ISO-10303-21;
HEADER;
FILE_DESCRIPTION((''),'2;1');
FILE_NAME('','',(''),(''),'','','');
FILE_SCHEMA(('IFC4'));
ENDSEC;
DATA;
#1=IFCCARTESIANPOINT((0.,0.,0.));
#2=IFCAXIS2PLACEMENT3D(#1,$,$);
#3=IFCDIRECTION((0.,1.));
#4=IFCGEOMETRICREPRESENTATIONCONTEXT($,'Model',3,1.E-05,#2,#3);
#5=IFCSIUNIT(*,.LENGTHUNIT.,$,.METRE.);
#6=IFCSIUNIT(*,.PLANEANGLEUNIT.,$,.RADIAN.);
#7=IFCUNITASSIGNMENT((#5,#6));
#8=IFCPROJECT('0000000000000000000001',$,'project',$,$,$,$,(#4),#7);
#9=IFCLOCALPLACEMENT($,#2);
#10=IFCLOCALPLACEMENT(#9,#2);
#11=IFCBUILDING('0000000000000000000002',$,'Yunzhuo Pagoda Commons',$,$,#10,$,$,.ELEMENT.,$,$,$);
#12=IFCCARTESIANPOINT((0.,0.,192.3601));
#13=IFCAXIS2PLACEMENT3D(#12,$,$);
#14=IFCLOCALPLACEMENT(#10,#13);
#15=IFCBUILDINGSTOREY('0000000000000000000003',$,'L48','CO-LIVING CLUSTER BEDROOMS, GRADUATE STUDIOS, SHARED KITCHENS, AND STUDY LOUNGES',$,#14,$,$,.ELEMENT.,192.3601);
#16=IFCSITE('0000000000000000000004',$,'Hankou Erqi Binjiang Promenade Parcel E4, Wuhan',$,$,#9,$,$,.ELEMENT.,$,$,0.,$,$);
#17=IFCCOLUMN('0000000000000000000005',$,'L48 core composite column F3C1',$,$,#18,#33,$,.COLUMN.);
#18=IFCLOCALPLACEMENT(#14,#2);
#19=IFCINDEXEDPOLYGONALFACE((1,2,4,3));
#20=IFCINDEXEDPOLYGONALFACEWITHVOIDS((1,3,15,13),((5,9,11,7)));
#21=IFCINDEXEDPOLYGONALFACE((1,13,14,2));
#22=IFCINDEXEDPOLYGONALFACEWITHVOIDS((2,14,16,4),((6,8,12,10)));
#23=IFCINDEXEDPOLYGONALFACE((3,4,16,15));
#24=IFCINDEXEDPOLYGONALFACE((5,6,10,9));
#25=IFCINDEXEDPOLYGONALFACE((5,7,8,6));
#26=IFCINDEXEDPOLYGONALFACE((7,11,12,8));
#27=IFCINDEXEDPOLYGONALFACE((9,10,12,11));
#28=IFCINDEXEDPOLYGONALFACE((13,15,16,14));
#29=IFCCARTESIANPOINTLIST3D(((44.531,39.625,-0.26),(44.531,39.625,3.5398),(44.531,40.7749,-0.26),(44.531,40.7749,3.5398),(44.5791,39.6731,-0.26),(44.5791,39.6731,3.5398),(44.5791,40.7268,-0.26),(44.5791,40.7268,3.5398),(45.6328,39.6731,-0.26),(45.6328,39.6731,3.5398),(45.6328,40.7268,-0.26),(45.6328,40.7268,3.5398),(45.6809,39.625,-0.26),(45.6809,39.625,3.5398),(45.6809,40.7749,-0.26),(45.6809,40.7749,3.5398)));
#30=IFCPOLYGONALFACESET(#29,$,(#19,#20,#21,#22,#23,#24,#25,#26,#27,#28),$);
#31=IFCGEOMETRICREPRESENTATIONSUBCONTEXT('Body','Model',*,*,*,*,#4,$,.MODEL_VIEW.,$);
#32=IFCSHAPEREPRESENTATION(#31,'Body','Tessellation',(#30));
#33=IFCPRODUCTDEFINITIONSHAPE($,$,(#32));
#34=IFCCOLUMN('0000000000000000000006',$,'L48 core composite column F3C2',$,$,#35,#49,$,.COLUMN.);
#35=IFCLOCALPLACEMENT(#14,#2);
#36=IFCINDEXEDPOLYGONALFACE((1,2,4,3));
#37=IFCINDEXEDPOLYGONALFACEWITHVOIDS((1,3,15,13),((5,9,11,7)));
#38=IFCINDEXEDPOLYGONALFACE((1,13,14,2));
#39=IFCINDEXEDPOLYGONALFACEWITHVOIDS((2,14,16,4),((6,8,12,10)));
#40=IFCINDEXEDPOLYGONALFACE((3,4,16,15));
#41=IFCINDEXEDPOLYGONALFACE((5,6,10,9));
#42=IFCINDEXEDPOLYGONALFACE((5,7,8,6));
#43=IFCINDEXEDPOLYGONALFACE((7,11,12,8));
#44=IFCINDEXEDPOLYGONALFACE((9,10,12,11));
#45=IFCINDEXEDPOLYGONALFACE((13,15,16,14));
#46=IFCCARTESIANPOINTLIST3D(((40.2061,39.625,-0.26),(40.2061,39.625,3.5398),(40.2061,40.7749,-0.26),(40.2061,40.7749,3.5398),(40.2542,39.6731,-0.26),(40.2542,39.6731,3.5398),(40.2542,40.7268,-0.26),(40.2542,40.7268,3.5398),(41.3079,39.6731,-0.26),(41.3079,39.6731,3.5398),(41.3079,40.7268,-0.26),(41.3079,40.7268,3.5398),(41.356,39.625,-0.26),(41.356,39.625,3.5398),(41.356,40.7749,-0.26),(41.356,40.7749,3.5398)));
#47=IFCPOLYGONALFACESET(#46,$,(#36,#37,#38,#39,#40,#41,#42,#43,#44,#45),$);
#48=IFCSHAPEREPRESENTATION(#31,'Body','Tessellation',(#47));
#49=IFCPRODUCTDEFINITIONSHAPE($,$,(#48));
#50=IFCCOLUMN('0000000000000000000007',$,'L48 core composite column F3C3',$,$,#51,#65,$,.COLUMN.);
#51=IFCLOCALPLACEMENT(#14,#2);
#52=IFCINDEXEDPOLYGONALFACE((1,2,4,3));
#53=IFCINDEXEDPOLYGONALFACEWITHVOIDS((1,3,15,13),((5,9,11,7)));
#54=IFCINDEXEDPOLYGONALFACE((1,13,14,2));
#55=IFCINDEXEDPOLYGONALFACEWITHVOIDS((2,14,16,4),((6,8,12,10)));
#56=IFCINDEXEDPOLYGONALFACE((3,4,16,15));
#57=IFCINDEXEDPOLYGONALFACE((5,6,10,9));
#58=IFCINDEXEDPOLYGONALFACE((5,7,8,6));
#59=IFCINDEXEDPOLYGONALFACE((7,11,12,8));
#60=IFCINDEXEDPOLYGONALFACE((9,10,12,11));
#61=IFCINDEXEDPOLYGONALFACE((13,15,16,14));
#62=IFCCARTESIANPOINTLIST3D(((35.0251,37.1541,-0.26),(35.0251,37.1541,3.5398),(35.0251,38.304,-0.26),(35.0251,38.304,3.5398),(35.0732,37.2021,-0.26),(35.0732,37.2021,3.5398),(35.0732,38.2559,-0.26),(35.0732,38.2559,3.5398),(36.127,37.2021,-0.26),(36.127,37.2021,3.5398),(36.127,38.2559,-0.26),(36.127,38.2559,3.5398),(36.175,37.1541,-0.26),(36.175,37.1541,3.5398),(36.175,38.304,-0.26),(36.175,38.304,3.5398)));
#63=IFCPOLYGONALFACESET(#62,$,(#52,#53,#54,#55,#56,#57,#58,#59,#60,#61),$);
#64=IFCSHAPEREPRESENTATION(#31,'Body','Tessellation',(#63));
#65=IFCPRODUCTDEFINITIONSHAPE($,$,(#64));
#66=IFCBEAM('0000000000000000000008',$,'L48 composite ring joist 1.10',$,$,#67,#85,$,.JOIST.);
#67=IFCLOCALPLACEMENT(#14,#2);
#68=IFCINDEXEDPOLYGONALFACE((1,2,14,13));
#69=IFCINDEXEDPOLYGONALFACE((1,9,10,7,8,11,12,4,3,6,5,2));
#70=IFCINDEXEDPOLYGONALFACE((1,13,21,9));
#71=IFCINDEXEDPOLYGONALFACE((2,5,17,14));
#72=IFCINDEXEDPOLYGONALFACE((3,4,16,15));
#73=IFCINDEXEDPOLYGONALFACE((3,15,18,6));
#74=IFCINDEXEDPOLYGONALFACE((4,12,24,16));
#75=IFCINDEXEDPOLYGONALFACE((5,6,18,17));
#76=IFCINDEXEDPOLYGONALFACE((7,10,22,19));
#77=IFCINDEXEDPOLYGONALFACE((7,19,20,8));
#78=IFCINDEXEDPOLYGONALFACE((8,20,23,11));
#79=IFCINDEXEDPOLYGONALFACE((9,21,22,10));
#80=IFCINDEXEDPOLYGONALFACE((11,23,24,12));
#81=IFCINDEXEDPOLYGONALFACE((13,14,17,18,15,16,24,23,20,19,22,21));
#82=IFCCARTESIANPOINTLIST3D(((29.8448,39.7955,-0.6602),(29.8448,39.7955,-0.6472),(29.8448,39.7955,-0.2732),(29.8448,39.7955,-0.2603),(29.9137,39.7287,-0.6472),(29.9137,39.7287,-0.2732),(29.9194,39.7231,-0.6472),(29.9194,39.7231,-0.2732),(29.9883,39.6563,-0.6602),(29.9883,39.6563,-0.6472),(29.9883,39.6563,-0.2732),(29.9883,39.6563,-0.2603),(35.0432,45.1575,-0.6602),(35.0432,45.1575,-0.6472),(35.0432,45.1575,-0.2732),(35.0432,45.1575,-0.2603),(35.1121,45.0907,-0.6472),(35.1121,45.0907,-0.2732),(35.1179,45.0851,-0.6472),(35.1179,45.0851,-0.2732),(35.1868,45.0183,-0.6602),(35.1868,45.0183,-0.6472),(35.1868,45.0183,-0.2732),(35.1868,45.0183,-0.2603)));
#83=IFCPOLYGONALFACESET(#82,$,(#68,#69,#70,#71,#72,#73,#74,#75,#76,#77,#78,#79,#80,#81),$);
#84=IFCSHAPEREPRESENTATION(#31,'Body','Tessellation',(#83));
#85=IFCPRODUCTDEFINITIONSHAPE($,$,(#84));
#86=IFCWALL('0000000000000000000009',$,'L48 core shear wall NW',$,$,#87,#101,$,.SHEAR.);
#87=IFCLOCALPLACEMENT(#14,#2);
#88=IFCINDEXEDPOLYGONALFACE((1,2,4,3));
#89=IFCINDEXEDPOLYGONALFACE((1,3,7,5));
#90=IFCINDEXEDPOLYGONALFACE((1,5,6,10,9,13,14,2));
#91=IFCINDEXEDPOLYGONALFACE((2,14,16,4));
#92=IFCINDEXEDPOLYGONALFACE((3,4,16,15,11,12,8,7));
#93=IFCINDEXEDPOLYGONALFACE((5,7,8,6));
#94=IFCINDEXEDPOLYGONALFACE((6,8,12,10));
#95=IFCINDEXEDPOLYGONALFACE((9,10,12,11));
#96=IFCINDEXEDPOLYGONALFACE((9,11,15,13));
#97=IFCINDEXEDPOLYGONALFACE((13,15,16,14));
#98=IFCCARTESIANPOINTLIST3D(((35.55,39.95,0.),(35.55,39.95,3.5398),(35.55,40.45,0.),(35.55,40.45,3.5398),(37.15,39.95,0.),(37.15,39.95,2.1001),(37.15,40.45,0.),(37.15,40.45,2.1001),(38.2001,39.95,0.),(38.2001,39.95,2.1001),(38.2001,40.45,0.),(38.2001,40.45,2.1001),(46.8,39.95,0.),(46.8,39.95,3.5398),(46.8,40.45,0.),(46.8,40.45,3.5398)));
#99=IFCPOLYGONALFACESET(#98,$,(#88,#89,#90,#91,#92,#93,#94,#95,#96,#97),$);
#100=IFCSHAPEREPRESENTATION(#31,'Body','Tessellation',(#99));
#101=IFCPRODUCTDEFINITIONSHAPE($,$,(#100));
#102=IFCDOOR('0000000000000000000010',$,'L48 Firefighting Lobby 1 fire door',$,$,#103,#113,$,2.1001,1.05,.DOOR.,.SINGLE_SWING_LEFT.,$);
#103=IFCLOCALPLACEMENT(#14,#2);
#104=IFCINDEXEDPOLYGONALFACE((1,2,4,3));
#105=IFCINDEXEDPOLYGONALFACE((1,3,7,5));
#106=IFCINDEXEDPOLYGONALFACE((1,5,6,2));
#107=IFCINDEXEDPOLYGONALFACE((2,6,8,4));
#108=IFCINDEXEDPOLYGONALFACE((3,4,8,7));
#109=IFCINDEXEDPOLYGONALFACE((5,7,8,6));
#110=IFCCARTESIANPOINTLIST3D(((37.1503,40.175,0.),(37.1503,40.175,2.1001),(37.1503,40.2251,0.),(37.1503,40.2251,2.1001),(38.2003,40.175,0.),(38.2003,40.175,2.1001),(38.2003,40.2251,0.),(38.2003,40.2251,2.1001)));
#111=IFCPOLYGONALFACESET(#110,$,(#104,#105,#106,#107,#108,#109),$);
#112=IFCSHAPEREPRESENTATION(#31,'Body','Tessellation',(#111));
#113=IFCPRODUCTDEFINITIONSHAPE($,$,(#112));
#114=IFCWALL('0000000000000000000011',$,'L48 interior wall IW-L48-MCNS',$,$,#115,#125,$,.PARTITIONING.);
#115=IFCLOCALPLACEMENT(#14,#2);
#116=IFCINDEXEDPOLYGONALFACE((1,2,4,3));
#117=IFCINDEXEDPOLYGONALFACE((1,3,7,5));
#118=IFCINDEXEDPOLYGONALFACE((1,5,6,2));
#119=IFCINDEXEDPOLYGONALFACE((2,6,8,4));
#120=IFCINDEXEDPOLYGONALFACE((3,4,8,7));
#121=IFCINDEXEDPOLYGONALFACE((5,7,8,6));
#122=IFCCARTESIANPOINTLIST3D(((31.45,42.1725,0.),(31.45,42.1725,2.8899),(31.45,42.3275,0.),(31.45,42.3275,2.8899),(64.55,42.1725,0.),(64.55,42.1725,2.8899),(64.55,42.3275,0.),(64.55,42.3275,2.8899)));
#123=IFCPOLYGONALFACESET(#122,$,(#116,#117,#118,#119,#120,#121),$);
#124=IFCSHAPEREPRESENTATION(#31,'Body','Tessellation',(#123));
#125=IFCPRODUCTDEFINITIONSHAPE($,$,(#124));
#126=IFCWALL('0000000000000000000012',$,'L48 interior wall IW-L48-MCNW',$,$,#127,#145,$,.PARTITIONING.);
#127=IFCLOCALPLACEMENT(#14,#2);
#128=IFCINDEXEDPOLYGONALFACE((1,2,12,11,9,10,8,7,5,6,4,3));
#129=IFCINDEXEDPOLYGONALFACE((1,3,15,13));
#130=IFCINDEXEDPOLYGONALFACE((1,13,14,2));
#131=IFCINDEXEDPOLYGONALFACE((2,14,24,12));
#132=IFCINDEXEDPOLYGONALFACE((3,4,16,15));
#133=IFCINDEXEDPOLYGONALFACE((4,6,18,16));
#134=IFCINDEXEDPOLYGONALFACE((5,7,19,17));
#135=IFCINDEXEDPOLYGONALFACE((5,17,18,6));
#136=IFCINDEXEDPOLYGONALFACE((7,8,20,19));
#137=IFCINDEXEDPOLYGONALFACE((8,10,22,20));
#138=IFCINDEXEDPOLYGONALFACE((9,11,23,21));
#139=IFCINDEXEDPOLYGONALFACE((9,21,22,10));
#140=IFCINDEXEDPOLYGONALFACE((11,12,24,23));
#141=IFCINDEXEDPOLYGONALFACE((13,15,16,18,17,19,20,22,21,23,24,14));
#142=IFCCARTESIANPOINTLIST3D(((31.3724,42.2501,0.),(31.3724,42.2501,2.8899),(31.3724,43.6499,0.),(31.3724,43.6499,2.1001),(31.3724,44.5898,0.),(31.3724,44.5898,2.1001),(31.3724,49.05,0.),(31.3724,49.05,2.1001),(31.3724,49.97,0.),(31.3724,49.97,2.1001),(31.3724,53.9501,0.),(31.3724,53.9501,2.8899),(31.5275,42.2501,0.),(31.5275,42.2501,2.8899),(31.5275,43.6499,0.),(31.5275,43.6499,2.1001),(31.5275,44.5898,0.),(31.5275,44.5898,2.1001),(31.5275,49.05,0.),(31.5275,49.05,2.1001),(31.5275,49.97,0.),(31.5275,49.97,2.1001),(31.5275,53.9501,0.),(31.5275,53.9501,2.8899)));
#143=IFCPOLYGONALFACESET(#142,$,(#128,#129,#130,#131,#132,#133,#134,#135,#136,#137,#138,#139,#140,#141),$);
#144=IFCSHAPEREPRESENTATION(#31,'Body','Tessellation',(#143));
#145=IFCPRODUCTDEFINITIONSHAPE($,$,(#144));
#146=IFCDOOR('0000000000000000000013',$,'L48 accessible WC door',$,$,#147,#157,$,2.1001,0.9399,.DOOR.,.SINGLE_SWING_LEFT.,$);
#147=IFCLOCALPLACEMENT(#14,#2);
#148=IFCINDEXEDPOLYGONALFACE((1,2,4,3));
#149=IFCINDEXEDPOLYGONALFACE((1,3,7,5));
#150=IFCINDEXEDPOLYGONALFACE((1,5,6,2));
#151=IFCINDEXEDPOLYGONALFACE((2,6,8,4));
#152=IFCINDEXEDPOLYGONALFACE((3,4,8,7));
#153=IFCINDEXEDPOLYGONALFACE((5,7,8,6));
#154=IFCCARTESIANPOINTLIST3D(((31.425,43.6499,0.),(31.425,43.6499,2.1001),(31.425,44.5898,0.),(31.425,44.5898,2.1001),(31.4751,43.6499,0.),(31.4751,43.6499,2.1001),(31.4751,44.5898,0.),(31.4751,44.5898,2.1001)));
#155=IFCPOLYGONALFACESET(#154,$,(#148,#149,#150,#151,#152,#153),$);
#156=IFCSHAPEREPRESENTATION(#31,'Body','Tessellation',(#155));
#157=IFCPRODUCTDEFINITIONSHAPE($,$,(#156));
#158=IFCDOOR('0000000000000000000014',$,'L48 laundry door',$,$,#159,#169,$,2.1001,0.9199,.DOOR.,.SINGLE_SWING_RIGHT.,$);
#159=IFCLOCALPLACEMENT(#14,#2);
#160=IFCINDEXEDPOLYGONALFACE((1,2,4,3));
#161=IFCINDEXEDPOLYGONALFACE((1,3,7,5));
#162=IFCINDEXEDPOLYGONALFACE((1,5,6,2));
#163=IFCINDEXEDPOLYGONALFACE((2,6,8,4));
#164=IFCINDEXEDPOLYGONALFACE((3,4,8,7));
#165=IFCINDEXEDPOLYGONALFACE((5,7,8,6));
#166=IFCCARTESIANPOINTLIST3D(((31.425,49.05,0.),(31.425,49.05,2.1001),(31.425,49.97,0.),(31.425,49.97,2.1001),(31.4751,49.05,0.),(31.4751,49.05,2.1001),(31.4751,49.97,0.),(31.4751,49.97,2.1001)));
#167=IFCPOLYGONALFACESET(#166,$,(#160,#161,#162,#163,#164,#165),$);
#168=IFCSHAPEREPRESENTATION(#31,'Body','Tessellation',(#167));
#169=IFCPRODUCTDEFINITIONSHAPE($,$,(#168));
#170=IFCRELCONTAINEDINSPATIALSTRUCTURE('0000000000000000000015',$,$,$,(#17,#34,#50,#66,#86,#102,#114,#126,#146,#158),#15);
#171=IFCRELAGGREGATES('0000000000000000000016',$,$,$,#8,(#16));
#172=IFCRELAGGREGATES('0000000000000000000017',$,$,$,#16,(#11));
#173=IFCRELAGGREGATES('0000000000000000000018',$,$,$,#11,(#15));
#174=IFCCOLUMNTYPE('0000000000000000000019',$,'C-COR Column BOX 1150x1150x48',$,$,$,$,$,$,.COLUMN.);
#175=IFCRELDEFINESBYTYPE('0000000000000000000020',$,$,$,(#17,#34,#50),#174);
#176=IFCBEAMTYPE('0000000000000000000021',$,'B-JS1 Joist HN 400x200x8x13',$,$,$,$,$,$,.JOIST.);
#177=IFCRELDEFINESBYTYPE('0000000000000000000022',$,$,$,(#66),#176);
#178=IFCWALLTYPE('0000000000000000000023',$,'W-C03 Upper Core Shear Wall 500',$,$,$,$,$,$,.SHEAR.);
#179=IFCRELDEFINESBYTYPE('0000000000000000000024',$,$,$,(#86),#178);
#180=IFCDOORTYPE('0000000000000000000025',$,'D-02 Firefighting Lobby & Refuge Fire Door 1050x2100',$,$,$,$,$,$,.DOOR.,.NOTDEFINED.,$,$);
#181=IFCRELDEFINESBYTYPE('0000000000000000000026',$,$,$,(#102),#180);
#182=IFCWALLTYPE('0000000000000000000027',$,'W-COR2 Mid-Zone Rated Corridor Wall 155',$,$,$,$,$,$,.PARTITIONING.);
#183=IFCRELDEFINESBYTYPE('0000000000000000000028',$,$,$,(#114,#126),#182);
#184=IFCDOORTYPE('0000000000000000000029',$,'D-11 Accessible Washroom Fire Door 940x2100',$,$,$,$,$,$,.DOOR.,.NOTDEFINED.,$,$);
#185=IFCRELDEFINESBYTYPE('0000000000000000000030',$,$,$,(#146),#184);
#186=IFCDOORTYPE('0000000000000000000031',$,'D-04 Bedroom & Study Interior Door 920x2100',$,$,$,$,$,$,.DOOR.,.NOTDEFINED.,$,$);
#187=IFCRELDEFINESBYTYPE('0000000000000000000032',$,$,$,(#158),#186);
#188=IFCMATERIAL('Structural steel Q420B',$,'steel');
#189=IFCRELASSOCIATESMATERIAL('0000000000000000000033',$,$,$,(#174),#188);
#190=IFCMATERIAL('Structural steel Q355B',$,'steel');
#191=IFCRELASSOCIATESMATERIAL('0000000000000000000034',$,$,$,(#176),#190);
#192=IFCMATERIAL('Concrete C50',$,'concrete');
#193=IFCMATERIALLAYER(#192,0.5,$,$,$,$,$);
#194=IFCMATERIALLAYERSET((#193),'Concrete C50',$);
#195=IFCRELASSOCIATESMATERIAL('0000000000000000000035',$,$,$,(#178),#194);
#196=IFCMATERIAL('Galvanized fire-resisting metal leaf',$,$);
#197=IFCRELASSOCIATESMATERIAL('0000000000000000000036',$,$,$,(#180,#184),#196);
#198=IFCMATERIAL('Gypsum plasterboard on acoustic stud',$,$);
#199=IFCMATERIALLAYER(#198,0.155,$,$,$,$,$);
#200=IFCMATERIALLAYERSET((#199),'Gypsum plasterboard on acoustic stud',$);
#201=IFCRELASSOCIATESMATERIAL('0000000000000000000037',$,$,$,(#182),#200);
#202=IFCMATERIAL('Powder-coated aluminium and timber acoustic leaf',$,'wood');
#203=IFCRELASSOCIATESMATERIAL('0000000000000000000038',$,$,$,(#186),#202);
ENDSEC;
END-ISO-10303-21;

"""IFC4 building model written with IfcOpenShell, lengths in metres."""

from ifc_helpers import new_model, si_unit, direction, frame, frame_2d, origin, origin_with_axes, origin_2d, place, context, subcontext, project, spatial, rectangle, hollow_rectangle, i_section, extrude, source, transform, mapped, material, layer, layer_set, material_profile, profile_set, type_object, element, fill, save


model = new_model("IFC4")

# Units and contexts
model_context = context("Model", 3, precision=1e-05, world=origin(), true_north=direction((0.0, 1.0)))
body_context = subcontext(model_context, "Body", "Model", "MODEL_VIEW")
ifc_project = project(units=[si_unit("LENGTHUNIT", "METRE"), si_unit("PLANEANGLEUNIT", "RADIAN")], contexts=[model_context])

# Site, building, storey
site_placement = place(None, origin())
site = spatial("IfcSite", under=ifc_project, at=site_placement, Name="Hankou Erqi Binjiang Promenade Parcel E4, Wuhan", CompositionType="ELEMENT", RefElevation=0.0)
building_placement = place(site_placement, origin())
building = spatial("IfcBuilding", under=site, at=building_placement, Name="Yunzhuo Pagoda Commons", CompositionType="ELEMENT")
storey_placement = place(building_placement, frame((0.0, 0.0, 192.3601)))
storey = spatial("IfcBuildingStorey", under=building, at=storey_placement, Name="L48", Description="CO-LIVING CLUSTER BEDROOMS, GRADUATE STUDIOS, SHARED KITCHENS, AND STUDY LOUNGES", CompositionType="ELEMENT", Elevation=192.3601)

# Columns
ifc_material_1 = material(Name="Structural steel Q420B", Category="steel")
ifc_material_profile_1 = material_profile(ifc_material_1, hollow_rectangle(XDim=1.1499, YDim=1.1499, WallThickness=0.0481, at=origin_2d()), Name="Structural steel Q420B")
ifc_profile_set_1 = profile_set([ifc_material_profile_1], Name="Structural steel Q420B")
column_type = type_object("IfcColumnType", Name="C-COR Column BOX 1150x1150x48", PredefinedType="COLUMN", material=ifc_profile_set_1)
shared_shape_1 = source(origin(), body_context, "Body", "SweptSolid", [
    extrude(hollow_rectangle(XDim=1.1499, YDim=1.1499, WallThickness=0.0481, at=origin_2d()), origin(), (0.0, 0.0, 1.0), 3.7998),
])
for number, where, z_axis, x_axis, name in (
    (1, (45.106, 40.2, -0.26), (0.0, 0.0, 1.0), (1.0, 0.0, 0.0), "L48 core composite column F3C1"),
    (2, (40.781, 40.2, -0.26), (0.0, 0.0, 1.0), (1.0, 0.0, 0.0), "L48 core composite column F3C2"),
    (3, (35.6001, 37.729, -0.26), (0.0, 0.0, 1.0), (1.0, 0.0, 0.0), "L48 core composite column F3C3"),
):
    element("IfcColumn", number, at=place(storey_placement, frame(where, z_axis=z_axis, x_axis=x_axis)), inside=storey, type_object=column_type, Name=name, PredefinedType="COLUMN", context=body_context, shape_type="MappedRepresentation", body=[
        mapped(shared_shape_1, transform((0.0, 0.0, 0.0), scale=1.0)),
    ])

# Beam
ifc_material_2 = material(Name="Structural steel Q355B", Category="steel")
ifc_material_profile_2 = material_profile(ifc_material_2, i_section(OverallWidth=0.2, OverallDepth=0.3999, WebThickness=0.0081, FlangeThickness=0.0129, at=origin_2d()), Name="Structural steel Q355B")
ifc_profile_set_2 = profile_set([ifc_material_profile_2], Name="Structural steel Q355B")
beam_type = type_object("IfcBeamType", Name="B-JS1 Joist HN 400x200x8x13", PredefinedType="JOIST", material=ifc_profile_set_2)
shared_shape_2 = source(origin(), body_context, "Body", "SweptSolid", [
    extrude(i_section(OverallWidth=0.2, OverallDepth=0.3999, WebThickness=0.0081, FlangeThickness=0.0129, at=origin_2d()), origin(), (0.0, 0.0, 1.0), 7.4683),
])
beam_placement = place(storey_placement, frame((35.115, 45.0879, -0.4602), z_axis=(-0.696071, -0.717973, 0.0), x_axis=(0.717973, -0.696071, 0.0)))
element("IfcBeam", 4, at=beam_placement, inside=storey, type_object=beam_type, Name="L48 composite ring joist 1.10", PredefinedType="JOIST", context=body_context, shape_type="MappedRepresentation", body=[
    mapped(shared_shape_2, transform((0.0, 0.0, 0.0), scale=1.0)),
])

# Wall, opening, door
ifc_material_3 = material(Name="Concrete C50", Category="concrete")
ifc_layer_1 = layer(ifc_material_3, 0.5)
ifc_layer_set_1 = layer_set([ifc_layer_1], Name="Concrete C50")
wall_type_1 = type_object("IfcWallType", Name="W-C03 Upper Core Shear Wall 500", PredefinedType="SHEAR", material=ifc_layer_set_1)
wall_1_placement = place(storey_placement, frame((35.55, 40.2, 0.0), z_axis=(0.0, 0.0, 1.0), x_axis=(1.0, 0.0, 0.0)))
wall_1 = element("IfcWall", 5, at=wall_1_placement, inside=storey, type_object=wall_type_1, Name="L48 core shear wall NW", PredefinedType="SHEAR", context=body_context, shape_type="SweptSolid", body=[
    extrude(rectangle(XDim=11.25, YDim=0.5, at=frame_2d((5.625, 0.0))), origin(), (0.0, 0.0, 1.0), 3.5398),
])
opening_1_placement = place(wall_1_placement, frame((1.6001, 0.0, 0.0)))
opening_1 = element("IfcOpeningElement", 6, at=opening_1_placement, cuts=wall_1, PredefinedType="OPENING", context=body_context, shape_type="SweptSolid", body=[
    extrude(rectangle(XDim=1.05, YDim=2.1001, at=frame_2d((0.5249, 1.05))), frame((0.0, 0.26, 0.0), z_axis=(0.0, -1.0, 0.0), x_axis=(1.0, 0.0, 0.0)), (0.0, 0.0, 1.0), 0.52),
])
ifc_material_4 = material(Name="Galvanized fire-resisting metal leaf")
door_type_1 = type_object("IfcDoorType", Name="D-02 Firefighting Lobby & Refuge Fire Door 1050x2100", OperationType="NOTDEFINED", PredefinedType="DOOR", material=ifc_material_4)
shared_shape_3 = source(origin(), body_context, "Body", "SweptSolid", [
    extrude(rectangle(XDim=1.05, YDim=2.1001, at=frame_2d((0.5249, 1.05))), frame((0.0, 0.0249, 0.0), z_axis=(0.0, -1.0, 0.0), x_axis=(1.0, 0.0, 0.0)), (0.0, 0.0, 1.0), 0.05),
])
door_1_placement = place(opening_1_placement, frame((1.05, 0.0, 0.0), z_axis=(0.0, 0.0, 1.0), x_axis=(-1.0, 0.0, 0.0)))
door_1 = element("IfcDoor", 7, at=door_1_placement, inside=storey, type_object=door_type_1, Name="L48 Firefighting Lobby 1 fire door", OperationType="SINGLE_SWING_LEFT", OverallHeight=2.1001, OverallWidth=1.05, PredefinedType="DOOR", context=body_context, shape_type="MappedRepresentation", body=[
    mapped(shared_shape_3, transform((0.0, 0.0, 0.0), scale=1.0)),
])
fill(opening_1, door_1)

# Wall
ifc_material_5 = material(Name="Gypsum plasterboard on acoustic stud")
ifc_layer_2 = layer(ifc_material_5, 0.155)
ifc_layer_set_2 = layer_set([ifc_layer_2], Name="Gypsum plasterboard on acoustic stud")
wall_type_2 = type_object("IfcWallType", Name="W-COR2 Mid-Zone Rated Corridor Wall 155", PredefinedType="PARTITIONING", material=ifc_layer_set_2)
wall_2_placement = place(storey_placement, frame((31.45, 42.25, 0.0), z_axis=(0.0, 0.0, 1.0), x_axis=(1.0, 0.0, 0.0)))
element("IfcWall", 8, at=wall_2_placement, inside=storey, type_object=wall_type_2, Name="L48 interior wall IW-L48-MCNS", PredefinedType="PARTITIONING", context=body_context, shape_type="SweptSolid", body=[
    extrude(rectangle(XDim=33.1001, YDim=0.155, at=frame_2d((16.55, 0.0))), origin(), (0.0, 0.0, 1.0), 2.8899),
])

# Wall, openings, doors
wall_3_placement = place(storey_placement, frame((31.45, 42.25, 0.0), z_axis=(0.0, 0.0, 1.0), x_axis=(0.0, 1.0, 0.0)))
wall_3 = element("IfcWall", 9, at=wall_3_placement, inside=storey, type_object=wall_type_2, Name="L48 interior wall IW-L48-MCNW", PredefinedType="PARTITIONING", context=body_context, shape_type="SweptSolid", body=[
    extrude(rectangle(XDim=11.7, YDim=0.155, at=frame_2d((5.8501, 0.0))), origin(), (0.0, 0.0, 1.0), 2.8899),
])
opening_2_placement = place(wall_3_placement, frame((1.3999, 0.0, 0.0)))
opening_2 = element("IfcOpeningElement", 10, at=opening_2_placement, cuts=wall_3, PredefinedType="OPENING", context=body_context, shape_type="SweptSolid", body=[
    extrude(rectangle(XDim=0.9399, YDim=2.1001, at=frame_2d((0.47, 1.05))), frame((0.0, 0.0874, 0.0), z_axis=(0.0, -1.0, 0.0), x_axis=(1.0, 0.0, 0.0)), (0.0, 0.0, 1.0), 0.175),
])
opening_3_placement = place(wall_3_placement, frame((6.8, 0.0, 0.0)))
opening_3 = element("IfcOpeningElement", 11, at=opening_3_placement, cuts=wall_3, PredefinedType="OPENING", context=body_context, shape_type="SweptSolid", body=[
    extrude(rectangle(XDim=0.9199, YDim=2.1001, at=frame_2d((0.46, 1.05))), frame((0.0, 0.0874, 0.0), z_axis=(0.0, -1.0, 0.0), x_axis=(1.0, 0.0, 0.0)), (0.0, 0.0, 1.0), 0.175),
])
door_type_2 = type_object("IfcDoorType", Name="D-11 Accessible Washroom Fire Door 940x2100", OperationType="NOTDEFINED", PredefinedType="DOOR", material=ifc_material_4)
shared_shape_4 = source(origin(), body_context, "Body", "SweptSolid", [
    extrude(rectangle(XDim=0.9399, YDim=2.1001, at=frame_2d((0.47, 1.05))), frame((0.0, 0.0249, 0.0), z_axis=(0.0, -1.0, 0.0), x_axis=(1.0, 0.0, 0.0)), (0.0, 0.0, 1.0), 0.05),
])
door_2_placement = place(opening_2_placement, origin_with_axes())
door_2 = element("IfcDoor", 12, at=door_2_placement, inside=storey, type_object=door_type_2, Name="L48 accessible WC door", OperationType="SINGLE_SWING_LEFT", OverallHeight=2.1001, OverallWidth=0.9399, PredefinedType="DOOR", context=body_context, shape_type="MappedRepresentation", body=[
    mapped(shared_shape_4, transform((0.0, 0.0, 0.0), scale=1.0)),
])
fill(opening_2, door_2)
ifc_material_6 = material(Name="Powder-coated aluminium and timber acoustic leaf", Category="wood")
door_type_3 = type_object("IfcDoorType", Name="D-04 Bedroom & Study Interior Door 920x2100", OperationType="NOTDEFINED", PredefinedType="DOOR", material=ifc_material_6)
shared_shape_5 = source(origin(), body_context, "Body", "SweptSolid", [
    extrude(rectangle(XDim=0.9199, YDim=2.1001, at=frame_2d((0.46, 1.05))), frame((0.0, 0.0249, 0.0), z_axis=(0.0, -1.0, 0.0), x_axis=(1.0, 0.0, 0.0)), (0.0, 0.0, 1.0), 0.05),
])
door_3_placement = place(opening_3_placement, origin_with_axes())
door_3 = element("IfcDoor", 13, at=door_3_placement, inside=storey, type_object=door_type_3, Name="L48 laundry door", OperationType="SINGLE_SWING_RIGHT", OverallHeight=2.1001, OverallWidth=0.9199, PredefinedType="DOOR", context=body_context, shape_type="MappedRepresentation", body=[
    mapped(shared_shape_5, transform((0.0, 0.0, 0.0), scale=1.0)),
])
fill(opening_3, door_3)

save(model, "model.ifc")
